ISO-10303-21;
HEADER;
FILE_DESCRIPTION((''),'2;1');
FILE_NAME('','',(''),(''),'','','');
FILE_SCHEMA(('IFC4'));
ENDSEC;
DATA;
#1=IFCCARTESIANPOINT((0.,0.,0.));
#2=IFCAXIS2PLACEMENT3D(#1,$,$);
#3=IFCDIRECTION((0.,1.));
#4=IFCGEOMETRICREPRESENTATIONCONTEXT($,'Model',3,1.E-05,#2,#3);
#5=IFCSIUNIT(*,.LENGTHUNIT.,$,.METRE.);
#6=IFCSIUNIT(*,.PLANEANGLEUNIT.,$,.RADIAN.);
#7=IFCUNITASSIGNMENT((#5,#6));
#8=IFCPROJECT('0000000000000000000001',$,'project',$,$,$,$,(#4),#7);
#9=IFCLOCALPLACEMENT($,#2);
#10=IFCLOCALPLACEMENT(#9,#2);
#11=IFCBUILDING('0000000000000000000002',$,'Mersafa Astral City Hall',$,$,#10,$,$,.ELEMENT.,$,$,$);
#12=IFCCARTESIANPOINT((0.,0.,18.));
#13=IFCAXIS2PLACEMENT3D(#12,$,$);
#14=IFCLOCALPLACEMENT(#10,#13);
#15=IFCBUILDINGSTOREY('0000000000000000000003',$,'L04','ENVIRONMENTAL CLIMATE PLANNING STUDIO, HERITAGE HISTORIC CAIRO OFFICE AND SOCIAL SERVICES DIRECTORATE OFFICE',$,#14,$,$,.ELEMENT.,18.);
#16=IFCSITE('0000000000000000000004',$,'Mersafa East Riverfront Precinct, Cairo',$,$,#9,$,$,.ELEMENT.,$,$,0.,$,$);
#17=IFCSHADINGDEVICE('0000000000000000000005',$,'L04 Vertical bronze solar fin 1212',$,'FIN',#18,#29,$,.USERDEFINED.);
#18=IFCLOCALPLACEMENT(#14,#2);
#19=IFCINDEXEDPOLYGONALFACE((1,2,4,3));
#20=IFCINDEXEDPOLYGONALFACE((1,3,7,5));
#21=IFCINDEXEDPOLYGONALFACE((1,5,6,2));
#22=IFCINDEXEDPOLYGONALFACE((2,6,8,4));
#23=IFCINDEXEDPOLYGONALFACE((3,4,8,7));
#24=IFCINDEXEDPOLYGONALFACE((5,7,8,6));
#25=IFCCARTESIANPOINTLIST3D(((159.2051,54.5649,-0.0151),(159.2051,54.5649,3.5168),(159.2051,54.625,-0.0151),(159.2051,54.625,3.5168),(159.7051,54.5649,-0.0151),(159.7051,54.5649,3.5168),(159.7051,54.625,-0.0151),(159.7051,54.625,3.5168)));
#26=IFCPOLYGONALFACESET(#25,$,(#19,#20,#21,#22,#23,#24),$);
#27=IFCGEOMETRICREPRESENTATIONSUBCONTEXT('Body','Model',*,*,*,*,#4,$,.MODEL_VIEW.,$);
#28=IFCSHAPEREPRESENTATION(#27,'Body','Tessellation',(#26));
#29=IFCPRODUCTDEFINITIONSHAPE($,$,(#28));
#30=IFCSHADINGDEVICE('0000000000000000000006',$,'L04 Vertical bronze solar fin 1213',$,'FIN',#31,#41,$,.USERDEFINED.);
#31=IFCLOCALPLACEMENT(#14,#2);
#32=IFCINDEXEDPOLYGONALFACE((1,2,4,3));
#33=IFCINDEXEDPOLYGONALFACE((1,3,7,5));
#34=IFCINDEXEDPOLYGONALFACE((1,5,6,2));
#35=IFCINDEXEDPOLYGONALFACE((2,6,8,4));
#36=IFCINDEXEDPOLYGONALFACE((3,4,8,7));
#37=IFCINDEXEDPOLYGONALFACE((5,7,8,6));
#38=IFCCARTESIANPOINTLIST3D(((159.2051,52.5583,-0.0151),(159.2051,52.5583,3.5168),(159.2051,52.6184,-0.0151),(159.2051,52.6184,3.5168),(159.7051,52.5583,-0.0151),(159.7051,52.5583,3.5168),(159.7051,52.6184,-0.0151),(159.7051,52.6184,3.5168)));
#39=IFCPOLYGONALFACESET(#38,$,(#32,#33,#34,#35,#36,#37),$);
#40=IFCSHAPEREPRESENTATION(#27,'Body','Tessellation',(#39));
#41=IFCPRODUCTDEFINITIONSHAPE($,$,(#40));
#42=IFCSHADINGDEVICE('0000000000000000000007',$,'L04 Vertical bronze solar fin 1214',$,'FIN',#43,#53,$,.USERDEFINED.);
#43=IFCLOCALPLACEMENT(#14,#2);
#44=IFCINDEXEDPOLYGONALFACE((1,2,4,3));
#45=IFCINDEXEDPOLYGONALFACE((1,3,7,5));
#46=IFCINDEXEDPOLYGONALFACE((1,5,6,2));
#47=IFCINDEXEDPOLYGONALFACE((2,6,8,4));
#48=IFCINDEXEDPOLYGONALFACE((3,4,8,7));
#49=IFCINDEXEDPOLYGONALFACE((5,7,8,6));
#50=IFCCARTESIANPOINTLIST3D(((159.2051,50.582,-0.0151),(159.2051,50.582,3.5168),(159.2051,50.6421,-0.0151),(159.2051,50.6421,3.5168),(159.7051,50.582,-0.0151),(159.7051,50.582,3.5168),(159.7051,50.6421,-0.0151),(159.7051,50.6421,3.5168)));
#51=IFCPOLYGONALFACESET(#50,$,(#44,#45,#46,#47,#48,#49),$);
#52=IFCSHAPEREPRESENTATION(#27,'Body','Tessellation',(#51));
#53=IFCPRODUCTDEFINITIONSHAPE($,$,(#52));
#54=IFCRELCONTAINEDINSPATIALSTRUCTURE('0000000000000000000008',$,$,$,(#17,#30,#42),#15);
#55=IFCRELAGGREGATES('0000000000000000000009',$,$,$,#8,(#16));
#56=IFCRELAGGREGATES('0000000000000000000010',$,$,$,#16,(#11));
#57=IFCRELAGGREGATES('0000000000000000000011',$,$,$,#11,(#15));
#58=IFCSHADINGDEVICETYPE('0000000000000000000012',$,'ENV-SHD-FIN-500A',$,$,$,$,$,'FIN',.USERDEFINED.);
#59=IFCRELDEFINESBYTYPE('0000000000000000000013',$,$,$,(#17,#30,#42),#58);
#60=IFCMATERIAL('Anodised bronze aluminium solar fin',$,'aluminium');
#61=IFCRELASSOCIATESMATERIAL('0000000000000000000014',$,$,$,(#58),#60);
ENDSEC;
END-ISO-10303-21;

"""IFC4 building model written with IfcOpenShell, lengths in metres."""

from ifc_helpers import new_model, si_unit, direction, frame, origin, origin_2d, place, context, subcontext, project, spatial, rectangle, extrude, material, type_object, element, save


model = new_model("IFC4")

# Units and contexts
model_context = context("Model", 3, precision=1e-05, world=origin(), true_north=direction((0.0, 1.0)))
body_context = subcontext(model_context, "Body", "Model", "MODEL_VIEW")
ifc_project = project(units=[si_unit("LENGTHUNIT", "METRE"), si_unit("PLANEANGLEUNIT", "RADIAN")], contexts=[model_context])

# Site, building, storey
site_placement = place(None, origin())
site = spatial("IfcSite", under=ifc_project, at=site_placement, Name="Mersafa East Riverfront Precinct, Cairo", CompositionType="ELEMENT", RefElevation=0.0)
building_placement = place(site_placement, origin())
building = spatial("IfcBuilding", under=site, at=building_placement, Name="Mersafa Astral City Hall", CompositionType="ELEMENT")
storey_placement = place(building_placement, frame((0.0, 0.0, 18.0)))
storey = spatial("IfcBuildingStorey", under=building, at=storey_placement, Name="L04", Description="ENVIRONMENTAL CLIMATE PLANNING STUDIO, HERITAGE HISTORIC CAIRO OFFICE AND SOCIAL SERVICES DIRECTORATE OFFICE", CompositionType="ELEMENT", Elevation=18.0)

# Shading devices
ifc_material_1 = material(Name="Anodised bronze aluminium solar fin", Category="aluminium")
shading_device_type = type_object("IfcShadingDeviceType", Name="ENV-SHD-FIN-500A", ElementType="FIN", PredefinedType="USERDEFINED", material=ifc_material_1)
for number, where, z_axis, x_axis, name in (
    (1, (159.4551, 54.595, -0.0151), (0.0, 0.0, 1.0), (0.0, -1.0, 0.0), "L04 Vertical bronze solar fin 1212"),
    (2, (159.4551, 52.5884, -0.0151), (0.0, 0.0, 1.0), (0.0, -1.0, 0.0), "L04 Vertical bronze solar fin 1213"),
    (3, (159.4551, 50.6121, -0.0151), (0.0, 0.0, 1.0), (0.0, -1.0, 0.0), "L04 Vertical bronze solar fin 1214"),
):
    element("IfcShadingDevice", number, at=place(storey_placement, frame(where, z_axis=z_axis, x_axis=x_axis)), inside=storey, type_object=shading_device_type, Name=name, ObjectType="FIN", PredefinedType="USERDEFINED", context=body_context, shape_type="SweptSolid", body=[
        extrude(rectangle(XDim=0.0601, YDim=0.5, at=origin_2d()), origin(), (0.0, 0.0, 1.0), 3.532),
    ])

save(model, "model.ifc")
